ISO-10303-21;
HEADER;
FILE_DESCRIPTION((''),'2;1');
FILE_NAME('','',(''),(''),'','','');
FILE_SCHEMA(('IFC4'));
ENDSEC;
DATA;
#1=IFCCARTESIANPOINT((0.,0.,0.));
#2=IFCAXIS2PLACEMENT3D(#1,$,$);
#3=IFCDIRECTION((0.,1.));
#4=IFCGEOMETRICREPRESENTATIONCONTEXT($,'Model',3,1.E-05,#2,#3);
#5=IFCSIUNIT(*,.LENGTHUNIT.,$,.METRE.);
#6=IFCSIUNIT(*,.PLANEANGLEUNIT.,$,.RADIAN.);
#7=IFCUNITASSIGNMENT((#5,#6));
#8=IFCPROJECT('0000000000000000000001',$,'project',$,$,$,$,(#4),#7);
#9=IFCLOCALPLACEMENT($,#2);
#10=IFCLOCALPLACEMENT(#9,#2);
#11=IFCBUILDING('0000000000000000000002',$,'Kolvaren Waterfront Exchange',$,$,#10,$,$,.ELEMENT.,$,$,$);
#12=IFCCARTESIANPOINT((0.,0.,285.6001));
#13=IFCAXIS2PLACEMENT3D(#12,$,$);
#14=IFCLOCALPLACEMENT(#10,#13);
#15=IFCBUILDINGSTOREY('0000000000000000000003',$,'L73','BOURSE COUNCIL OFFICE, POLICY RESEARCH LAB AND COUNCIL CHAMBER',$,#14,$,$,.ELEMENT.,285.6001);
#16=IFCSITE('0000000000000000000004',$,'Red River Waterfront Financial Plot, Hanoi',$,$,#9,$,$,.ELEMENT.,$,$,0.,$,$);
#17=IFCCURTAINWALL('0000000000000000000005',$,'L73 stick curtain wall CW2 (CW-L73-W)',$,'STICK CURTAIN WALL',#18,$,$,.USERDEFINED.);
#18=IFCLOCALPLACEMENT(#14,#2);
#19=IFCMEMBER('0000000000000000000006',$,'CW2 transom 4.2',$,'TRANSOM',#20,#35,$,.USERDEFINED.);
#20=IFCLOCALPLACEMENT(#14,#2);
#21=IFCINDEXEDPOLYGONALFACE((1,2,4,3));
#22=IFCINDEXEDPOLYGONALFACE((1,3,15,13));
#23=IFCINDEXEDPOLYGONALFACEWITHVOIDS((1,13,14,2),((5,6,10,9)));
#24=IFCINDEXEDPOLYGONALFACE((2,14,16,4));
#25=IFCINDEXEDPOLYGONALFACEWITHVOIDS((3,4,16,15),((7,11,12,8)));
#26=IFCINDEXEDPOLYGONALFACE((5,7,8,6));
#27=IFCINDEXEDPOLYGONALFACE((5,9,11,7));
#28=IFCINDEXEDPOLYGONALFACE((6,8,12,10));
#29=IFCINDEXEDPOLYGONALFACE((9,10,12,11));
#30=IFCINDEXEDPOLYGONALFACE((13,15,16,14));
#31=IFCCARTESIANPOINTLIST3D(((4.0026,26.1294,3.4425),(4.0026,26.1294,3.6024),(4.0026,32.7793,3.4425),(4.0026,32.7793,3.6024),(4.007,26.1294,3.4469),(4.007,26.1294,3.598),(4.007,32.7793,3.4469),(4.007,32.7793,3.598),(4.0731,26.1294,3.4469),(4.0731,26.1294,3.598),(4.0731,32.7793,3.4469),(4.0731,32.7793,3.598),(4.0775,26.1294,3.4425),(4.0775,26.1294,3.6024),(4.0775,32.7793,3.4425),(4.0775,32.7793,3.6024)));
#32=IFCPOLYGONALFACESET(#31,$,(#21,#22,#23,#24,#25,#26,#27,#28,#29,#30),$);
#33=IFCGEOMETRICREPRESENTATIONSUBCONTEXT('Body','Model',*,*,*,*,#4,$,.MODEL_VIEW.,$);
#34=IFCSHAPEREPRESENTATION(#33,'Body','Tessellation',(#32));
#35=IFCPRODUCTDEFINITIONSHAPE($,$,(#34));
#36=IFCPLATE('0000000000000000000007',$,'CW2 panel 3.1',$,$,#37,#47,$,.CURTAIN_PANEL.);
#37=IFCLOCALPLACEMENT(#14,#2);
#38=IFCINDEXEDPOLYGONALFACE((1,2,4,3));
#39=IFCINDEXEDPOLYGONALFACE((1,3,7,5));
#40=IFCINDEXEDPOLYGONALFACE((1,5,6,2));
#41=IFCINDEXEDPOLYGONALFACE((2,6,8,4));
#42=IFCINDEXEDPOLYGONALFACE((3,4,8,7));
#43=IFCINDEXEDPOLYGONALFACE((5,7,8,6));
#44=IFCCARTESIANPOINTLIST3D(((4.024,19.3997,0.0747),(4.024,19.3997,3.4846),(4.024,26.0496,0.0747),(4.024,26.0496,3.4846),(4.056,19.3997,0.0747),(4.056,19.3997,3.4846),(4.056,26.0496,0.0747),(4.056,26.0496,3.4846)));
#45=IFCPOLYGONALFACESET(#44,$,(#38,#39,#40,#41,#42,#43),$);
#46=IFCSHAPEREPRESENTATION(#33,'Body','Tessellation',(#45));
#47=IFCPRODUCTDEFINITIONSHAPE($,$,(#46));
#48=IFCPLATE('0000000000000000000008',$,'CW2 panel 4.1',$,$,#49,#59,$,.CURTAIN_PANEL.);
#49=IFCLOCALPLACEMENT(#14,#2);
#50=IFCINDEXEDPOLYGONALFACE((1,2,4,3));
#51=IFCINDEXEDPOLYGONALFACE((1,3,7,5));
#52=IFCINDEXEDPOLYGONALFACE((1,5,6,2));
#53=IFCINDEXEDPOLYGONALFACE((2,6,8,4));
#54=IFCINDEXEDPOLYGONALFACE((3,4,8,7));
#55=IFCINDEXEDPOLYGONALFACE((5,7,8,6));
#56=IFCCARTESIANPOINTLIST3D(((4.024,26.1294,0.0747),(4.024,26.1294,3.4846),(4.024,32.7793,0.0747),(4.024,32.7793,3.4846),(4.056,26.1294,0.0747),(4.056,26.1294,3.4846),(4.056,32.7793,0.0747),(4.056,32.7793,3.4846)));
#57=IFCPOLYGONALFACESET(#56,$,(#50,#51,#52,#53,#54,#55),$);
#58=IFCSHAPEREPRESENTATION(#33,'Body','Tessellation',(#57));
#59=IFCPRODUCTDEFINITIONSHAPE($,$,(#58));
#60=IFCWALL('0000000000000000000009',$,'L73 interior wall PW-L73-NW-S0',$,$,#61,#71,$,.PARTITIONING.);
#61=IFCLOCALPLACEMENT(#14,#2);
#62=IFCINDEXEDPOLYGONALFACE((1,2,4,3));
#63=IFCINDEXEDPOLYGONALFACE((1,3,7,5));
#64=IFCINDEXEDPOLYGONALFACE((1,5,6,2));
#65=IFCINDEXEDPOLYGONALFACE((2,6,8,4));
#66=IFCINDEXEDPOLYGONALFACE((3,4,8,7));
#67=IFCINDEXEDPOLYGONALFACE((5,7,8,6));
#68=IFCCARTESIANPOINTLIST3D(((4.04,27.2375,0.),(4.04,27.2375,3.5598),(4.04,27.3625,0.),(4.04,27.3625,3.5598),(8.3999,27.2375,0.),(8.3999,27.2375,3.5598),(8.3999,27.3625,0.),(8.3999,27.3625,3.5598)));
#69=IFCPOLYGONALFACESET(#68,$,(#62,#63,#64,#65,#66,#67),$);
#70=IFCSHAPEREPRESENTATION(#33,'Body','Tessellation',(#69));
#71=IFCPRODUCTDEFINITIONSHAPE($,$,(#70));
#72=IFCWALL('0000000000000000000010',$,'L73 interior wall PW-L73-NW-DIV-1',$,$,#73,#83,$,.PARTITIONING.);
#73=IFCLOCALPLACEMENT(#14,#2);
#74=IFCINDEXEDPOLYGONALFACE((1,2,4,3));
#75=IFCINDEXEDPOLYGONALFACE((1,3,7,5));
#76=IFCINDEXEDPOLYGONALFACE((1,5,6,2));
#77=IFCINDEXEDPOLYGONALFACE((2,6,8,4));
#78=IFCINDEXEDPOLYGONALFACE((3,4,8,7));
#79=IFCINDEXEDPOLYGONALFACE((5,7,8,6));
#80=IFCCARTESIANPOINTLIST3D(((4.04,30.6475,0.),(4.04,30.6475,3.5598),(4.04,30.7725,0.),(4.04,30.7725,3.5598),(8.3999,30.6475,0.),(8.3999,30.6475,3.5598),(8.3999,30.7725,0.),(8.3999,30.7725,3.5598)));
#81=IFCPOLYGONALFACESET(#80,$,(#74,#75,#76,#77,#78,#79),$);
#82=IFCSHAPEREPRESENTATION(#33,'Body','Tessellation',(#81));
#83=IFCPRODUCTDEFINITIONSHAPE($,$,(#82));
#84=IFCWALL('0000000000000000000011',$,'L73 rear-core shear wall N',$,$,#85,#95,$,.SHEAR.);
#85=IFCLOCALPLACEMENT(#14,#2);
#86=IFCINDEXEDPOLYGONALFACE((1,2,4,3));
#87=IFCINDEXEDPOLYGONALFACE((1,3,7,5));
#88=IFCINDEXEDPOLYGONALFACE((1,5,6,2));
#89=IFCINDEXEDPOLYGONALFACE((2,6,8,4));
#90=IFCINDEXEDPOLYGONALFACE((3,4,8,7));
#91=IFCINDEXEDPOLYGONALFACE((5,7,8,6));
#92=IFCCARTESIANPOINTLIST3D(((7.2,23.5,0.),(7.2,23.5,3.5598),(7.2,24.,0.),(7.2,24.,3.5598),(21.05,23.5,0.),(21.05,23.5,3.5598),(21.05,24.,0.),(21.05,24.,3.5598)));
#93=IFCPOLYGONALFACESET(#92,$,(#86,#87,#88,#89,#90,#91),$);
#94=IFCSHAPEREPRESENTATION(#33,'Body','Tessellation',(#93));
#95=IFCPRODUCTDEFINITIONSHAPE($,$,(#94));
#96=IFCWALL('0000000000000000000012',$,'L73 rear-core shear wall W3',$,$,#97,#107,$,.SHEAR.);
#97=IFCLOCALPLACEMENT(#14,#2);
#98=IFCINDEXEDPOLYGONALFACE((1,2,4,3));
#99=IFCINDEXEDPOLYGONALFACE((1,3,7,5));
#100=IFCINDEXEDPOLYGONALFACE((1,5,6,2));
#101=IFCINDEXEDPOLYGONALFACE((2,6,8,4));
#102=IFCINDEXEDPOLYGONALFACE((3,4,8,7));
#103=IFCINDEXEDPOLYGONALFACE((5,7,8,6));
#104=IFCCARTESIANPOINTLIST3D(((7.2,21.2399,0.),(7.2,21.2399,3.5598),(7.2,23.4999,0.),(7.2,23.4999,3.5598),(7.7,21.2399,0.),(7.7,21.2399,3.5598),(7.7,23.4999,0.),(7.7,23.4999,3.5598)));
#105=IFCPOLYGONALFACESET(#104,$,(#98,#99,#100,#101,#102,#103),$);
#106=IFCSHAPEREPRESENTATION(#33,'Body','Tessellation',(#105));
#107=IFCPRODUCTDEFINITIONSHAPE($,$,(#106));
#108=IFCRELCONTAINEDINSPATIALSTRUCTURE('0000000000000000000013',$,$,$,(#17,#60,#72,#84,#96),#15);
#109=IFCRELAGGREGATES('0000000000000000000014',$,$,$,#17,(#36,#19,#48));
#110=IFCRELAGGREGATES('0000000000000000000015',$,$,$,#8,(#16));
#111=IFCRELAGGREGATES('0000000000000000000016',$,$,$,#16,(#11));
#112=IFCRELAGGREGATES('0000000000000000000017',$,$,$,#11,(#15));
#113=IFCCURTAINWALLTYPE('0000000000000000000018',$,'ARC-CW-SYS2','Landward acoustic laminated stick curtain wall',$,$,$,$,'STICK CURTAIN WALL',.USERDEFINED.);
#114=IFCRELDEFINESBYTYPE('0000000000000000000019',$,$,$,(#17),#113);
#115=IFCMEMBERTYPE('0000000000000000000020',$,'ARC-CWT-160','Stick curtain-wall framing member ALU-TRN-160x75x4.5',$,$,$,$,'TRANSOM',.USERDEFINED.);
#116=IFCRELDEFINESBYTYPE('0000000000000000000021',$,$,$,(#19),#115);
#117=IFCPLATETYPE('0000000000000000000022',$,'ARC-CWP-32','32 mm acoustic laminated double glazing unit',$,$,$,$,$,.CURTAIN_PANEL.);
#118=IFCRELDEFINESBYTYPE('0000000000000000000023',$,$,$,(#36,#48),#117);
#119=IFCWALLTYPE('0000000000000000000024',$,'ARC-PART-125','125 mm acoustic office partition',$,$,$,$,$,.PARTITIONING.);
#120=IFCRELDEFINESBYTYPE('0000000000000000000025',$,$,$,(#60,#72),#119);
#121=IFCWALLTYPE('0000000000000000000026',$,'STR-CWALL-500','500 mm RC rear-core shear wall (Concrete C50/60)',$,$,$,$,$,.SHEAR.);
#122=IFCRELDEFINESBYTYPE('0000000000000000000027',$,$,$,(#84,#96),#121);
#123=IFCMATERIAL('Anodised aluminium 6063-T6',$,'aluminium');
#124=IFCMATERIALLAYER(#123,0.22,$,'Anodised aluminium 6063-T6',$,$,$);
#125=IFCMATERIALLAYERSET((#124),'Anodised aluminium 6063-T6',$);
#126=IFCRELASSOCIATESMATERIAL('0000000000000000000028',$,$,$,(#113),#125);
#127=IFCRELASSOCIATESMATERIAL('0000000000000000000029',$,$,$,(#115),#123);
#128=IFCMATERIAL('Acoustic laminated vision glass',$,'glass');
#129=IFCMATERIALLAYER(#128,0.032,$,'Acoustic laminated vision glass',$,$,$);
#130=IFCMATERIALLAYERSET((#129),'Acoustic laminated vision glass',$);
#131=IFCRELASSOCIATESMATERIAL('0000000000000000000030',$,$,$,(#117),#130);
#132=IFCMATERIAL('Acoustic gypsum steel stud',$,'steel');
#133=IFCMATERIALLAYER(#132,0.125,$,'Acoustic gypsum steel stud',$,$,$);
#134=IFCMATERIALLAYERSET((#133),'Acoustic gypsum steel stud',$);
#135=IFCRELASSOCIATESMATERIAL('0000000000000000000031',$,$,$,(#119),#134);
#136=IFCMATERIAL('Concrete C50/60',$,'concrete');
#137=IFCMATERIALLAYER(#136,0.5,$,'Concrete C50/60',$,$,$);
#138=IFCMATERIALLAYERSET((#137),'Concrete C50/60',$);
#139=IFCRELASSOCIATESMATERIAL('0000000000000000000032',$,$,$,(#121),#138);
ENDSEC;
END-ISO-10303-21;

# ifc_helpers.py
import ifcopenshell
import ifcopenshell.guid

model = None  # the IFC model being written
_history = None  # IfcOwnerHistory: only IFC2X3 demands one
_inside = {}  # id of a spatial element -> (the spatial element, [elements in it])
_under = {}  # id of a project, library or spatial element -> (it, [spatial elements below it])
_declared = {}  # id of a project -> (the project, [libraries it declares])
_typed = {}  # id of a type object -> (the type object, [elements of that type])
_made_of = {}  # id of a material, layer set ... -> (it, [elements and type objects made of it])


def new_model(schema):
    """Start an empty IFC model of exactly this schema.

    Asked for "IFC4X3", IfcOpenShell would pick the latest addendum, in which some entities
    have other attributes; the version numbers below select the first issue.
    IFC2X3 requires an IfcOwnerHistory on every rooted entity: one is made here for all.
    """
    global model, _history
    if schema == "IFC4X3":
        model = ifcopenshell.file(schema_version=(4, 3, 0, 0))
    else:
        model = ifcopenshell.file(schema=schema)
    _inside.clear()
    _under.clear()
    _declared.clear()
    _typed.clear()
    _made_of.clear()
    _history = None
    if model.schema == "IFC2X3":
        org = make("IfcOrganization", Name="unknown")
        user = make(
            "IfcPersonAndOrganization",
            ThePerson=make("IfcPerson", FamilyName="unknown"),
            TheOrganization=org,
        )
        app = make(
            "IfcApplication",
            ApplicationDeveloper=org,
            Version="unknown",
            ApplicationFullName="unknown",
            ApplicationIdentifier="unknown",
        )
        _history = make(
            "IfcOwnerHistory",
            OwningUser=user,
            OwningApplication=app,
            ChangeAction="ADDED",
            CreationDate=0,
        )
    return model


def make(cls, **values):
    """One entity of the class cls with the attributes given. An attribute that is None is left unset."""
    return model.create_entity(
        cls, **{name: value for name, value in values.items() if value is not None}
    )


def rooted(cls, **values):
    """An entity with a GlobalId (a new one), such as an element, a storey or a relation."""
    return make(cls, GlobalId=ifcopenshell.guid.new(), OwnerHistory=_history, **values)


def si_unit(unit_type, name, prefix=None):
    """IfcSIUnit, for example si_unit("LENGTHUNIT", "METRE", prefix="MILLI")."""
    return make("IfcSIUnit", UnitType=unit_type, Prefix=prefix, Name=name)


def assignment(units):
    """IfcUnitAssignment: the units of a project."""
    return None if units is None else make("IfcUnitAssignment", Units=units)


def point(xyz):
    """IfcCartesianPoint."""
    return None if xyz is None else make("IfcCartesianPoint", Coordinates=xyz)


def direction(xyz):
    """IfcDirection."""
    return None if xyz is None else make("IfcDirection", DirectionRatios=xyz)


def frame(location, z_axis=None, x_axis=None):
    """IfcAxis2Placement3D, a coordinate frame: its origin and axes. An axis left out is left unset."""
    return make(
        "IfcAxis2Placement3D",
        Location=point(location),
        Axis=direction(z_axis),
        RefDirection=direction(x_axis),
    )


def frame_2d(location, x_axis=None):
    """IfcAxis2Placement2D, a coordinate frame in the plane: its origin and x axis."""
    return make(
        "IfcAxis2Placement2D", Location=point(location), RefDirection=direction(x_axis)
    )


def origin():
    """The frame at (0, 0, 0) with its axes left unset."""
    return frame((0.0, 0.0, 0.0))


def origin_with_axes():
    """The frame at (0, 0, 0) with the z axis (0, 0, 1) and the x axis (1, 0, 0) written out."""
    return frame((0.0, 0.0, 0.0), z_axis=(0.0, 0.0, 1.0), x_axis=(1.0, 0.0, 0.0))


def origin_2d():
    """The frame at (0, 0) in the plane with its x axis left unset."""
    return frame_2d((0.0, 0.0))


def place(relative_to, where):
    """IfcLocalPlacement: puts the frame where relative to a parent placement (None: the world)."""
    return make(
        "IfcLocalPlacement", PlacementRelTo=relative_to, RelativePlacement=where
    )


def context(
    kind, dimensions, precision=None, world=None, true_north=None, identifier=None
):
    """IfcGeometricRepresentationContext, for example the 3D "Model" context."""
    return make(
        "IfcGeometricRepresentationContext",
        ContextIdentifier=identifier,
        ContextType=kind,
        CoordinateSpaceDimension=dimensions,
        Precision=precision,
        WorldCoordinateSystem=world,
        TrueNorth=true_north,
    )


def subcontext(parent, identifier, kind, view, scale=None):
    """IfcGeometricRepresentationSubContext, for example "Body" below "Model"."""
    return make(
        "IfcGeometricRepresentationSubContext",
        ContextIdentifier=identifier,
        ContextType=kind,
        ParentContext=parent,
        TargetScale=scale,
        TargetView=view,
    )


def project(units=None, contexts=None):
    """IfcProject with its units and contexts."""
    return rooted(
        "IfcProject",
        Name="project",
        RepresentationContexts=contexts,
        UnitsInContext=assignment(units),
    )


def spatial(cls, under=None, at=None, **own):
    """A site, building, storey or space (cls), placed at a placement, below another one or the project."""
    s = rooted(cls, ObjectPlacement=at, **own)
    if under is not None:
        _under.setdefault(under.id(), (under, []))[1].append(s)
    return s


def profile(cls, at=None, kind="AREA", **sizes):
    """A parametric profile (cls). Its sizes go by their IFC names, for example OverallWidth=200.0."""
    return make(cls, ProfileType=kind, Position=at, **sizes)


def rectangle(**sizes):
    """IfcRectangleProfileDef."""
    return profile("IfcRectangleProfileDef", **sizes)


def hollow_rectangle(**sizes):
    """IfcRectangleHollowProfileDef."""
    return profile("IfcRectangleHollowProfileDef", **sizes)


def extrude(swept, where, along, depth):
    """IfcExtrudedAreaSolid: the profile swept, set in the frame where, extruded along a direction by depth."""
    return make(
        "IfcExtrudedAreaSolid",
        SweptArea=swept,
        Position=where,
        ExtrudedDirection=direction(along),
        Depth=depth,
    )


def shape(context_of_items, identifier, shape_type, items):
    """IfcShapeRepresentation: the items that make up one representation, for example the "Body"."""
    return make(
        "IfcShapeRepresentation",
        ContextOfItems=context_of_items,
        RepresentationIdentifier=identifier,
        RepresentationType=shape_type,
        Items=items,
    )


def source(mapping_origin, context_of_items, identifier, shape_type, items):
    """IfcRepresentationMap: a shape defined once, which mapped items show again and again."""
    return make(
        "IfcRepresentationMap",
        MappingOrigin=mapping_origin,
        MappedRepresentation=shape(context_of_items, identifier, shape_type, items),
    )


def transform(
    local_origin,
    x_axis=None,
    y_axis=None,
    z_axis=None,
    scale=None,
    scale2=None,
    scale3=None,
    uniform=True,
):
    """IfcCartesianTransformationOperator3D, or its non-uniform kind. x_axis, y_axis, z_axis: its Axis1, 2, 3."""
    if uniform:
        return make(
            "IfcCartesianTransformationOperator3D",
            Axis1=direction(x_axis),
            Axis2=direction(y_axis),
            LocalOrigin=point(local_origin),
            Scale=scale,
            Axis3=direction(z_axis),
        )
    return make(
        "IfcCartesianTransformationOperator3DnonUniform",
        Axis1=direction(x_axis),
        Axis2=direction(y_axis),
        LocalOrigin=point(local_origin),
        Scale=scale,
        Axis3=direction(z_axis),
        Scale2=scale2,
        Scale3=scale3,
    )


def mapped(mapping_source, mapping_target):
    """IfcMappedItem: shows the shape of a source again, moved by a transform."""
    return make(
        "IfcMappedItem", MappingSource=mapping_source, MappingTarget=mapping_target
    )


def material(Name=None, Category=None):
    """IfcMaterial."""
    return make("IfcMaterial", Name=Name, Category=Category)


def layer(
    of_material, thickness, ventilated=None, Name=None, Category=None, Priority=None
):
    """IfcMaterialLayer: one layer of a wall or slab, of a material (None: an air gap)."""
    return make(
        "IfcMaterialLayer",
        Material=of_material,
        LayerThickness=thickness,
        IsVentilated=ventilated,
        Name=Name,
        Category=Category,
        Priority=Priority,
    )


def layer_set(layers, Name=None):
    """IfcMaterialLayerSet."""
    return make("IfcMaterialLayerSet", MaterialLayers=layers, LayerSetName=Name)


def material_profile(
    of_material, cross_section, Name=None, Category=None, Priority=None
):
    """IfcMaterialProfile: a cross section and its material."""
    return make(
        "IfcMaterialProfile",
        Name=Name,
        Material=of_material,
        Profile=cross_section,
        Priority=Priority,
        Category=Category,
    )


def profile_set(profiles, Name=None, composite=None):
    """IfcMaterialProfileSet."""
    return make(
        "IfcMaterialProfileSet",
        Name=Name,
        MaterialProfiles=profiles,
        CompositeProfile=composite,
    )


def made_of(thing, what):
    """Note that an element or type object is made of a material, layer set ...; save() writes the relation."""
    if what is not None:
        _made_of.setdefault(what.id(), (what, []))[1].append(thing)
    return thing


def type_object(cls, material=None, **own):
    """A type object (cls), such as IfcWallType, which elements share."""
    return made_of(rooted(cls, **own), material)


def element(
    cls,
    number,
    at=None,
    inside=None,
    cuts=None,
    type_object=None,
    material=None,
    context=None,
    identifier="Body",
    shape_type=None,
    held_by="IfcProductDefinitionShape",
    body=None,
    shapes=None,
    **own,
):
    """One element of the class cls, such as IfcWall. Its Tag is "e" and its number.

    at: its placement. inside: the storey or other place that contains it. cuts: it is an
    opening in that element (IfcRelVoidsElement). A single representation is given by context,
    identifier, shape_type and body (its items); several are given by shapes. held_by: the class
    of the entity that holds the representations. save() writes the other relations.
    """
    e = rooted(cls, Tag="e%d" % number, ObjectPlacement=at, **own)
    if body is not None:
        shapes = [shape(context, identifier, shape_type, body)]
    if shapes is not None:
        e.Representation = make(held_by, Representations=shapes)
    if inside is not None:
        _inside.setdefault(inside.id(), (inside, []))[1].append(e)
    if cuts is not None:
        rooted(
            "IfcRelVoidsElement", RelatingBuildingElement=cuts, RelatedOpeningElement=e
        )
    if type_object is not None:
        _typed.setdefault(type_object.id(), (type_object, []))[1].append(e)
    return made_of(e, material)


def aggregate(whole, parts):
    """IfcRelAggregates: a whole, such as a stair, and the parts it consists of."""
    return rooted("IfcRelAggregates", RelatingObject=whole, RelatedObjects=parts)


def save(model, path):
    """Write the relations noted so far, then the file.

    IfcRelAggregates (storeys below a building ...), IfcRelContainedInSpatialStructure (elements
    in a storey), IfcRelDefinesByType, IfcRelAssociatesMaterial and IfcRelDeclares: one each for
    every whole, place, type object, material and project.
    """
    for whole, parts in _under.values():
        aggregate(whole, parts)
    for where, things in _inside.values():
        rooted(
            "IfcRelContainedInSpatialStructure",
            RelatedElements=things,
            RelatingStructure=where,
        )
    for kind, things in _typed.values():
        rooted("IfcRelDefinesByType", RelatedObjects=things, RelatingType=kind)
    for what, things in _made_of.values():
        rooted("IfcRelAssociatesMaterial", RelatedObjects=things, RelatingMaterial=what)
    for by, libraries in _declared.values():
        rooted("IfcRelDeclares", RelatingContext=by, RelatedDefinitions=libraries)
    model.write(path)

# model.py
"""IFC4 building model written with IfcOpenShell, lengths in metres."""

from ifc_helpers import new_model, si_unit, direction, frame, frame_2d, origin, origin_with_axes, origin_2d, place, context, subcontext, project, spatial, rectangle, hollow_rectangle, extrude, source, transform, mapped, material, layer, layer_set, material_profile, profile_set, type_object, element, aggregate, save


model = new_model("IFC4")

# Units and contexts
model_context = context("Model", 3, precision=1e-05, world=origin(), true_north=direction((0.0, 1.0)))
body_context = subcontext(model_context, "Body", "Model", "MODEL_VIEW")
ifc_project = project(units=[si_unit("LENGTHUNIT", "METRE"), si_unit("PLANEANGLEUNIT", "RADIAN")], contexts=[model_context])

# Site, building, storey
site_placement = place(None, origin())
site = spatial("IfcSite", under=ifc_project, at=site_placement, Name="Red River Waterfront Financial Plot, Hanoi", CompositionType="ELEMENT", RefElevation=0.0)
building_placement = place(site_placement, origin())
building = spatial("IfcBuilding", under=site, at=building_placement, Name="Kolvaren Waterfront Exchange", CompositionType="ELEMENT")
storey_placement = place(building_placement, frame((0.0, 0.0, 285.6001)))
storey = spatial("IfcBuildingStorey", under=building, at=storey_placement, Name="L73", Description="BOURSE COUNCIL OFFICE, POLICY RESEARCH LAB AND COUNCIL CHAMBER", CompositionType="ELEMENT", Elevation=285.6001)

# Shared definitions
ifc_material_1 = material(Name="Concrete C50/60", Category="concrete")

# Curtain wall, member, plates
ifc_material_2 = material(Name="Anodised aluminium 6063-T6", Category="aluminium")
ifc_layer_1 = layer(ifc_material_2, 0.22, Name="Anodised aluminium 6063-T6")
ifc_layer_set_1 = layer_set([ifc_layer_1], Name="Anodised aluminium 6063-T6")
curtain_wall_type = type_object("IfcCurtainWallType", Name="ARC-CW-SYS2", Description="Landward acoustic laminated stick curtain wall", ElementType="STICK CURTAIN WALL", PredefinedType="USERDEFINED", material=ifc_layer_set_1)
curtain_wall_placement = place(storey_placement, origin())
curtain_wall = element("IfcCurtainWall", 1, at=curtain_wall_placement, inside=storey, type_object=curtain_wall_type, Name="L73 stick curtain wall CW2 (CW-L73-W)", ObjectType="STICK CURTAIN WALL", PredefinedType="USERDEFINED")
ifc_material_profile_1 = material_profile(ifc_material_2, hollow_rectangle(XDim=0.075, YDim=0.1599, WallThickness=0.0044, at=origin_2d()), Name="ALU-TRN-160x75x4.5")
ifc_profile_set_1 = profile_set([ifc_material_profile_1], Name="Anodised aluminium 6063-T6")
member_type_1 = type_object("IfcMemberType", Name="ARC-CWT-160", Description="Stick curtain-wall framing member ALU-TRN-160x75x4.5", ElementType="TRANSOM", PredefinedType="USERDEFINED", material=ifc_profile_set_1)
shared_shape_1 = source(origin_with_axes(), body_context, "Body", "SweptSolid", [
    extrude(hollow_rectangle(XDim=0.075, YDim=0.1599, WallThickness=0.0044, at=origin_2d()), origin(), (0.0, 0.0, 1.0), 6.6499),
])
member_1_placement = place(storey_placement, frame((4.04, 26.1294, 3.5225), z_axis=(0.0, 1.0, 0.0), x_axis=(-1.0, 0.0, 0.0)))
member_1 = element("IfcMember", 2, at=member_1_placement, type_object=member_type_1, Name="CW2 transom 4.2", ObjectType="TRANSOM", PredefinedType="USERDEFINED", context=body_context, shape_type="MappedRepresentation", body=[
    mapped(shared_shape_1, transform((0.0, 0.0, 0.0), x_axis=(1.0, 0.0, 0.0), y_axis=(0.0, 1.0, 0.0), z_axis=(0.0, 0.0, 1.0), scale=1.0)),
])
ifc_material_3 = material(Name="Acoustic laminated vision glass", Category="glass")
ifc_layer_2 = layer(ifc_material_3, 0.032, Name="Acoustic laminated vision glass")
ifc_layer_set_2 = layer_set([ifc_layer_2], Name="Acoustic laminated vision glass")
plate_type = type_object("IfcPlateType", Name="ARC-CWP-32", Description="32 mm acoustic laminated double glazing unit", PredefinedType="CURTAIN_PANEL", material=ifc_layer_set_2)
shared_shape_2 = source(origin_with_axes(), body_context, "Body", "SweptSolid", [
    extrude(rectangle(XDim=6.6499, YDim=0.032, at=origin_2d()), origin(), (0.0, 0.0, 1.0), 3.4099),
])
plate_1_placement = place(storey_placement, frame((4.04, 22.7246, 0.0747), z_axis=(0.0, 0.0, 1.0), x_axis=(0.0, 1.0, 0.0)))
plate_1 = element("IfcPlate", 3, at=plate_1_placement, type_object=plate_type, Name="CW2 panel 3.1", PredefinedType="CURTAIN_PANEL", context=body_context, shape_type="MappedRepresentation", body=[
    mapped(shared_shape_2, transform((0.0, 0.0, 0.0), x_axis=(1.0, 0.0, 0.0), y_axis=(0.0, 1.0, 0.0), z_axis=(0.0, 0.0, 1.0), scale=1.0)),
])
plate_2_placement = place(storey_placement, frame((4.04, 29.4543, 0.0747), z_axis=(0.0, 0.0, 1.0), x_axis=(0.0, 1.0, 0.0)))
plate_2 = element("IfcPlate", 4, at=plate_2_placement, type_object=plate_type, Name="CW2 panel 4.1", PredefinedType="CURTAIN_PANEL", context=body_context, shape_type="MappedRepresentation", body=[
    mapped(shared_shape_2, transform((0.0, 0.0, 0.0), x_axis=(1.0, 0.0, 0.0), y_axis=(0.0, 1.0, 0.0), z_axis=(0.0, 0.0, 1.0), scale=1.0)),
])
aggregate(curtain_wall, [plate_1, member_1, plate_2])

# Walls
ifc_material_4 = material(Name="Acoustic gypsum steel stud", Category="steel")
ifc_layer_3 = layer(ifc_material_4, 0.125, Name="Acoustic gypsum steel stud")
ifc_layer_set_3 = layer_set([ifc_layer_3], Name="Acoustic gypsum steel stud")
wall_type_1 = type_object("IfcWallType", Name="ARC-PART-125", Description="125 mm acoustic office partition", PredefinedType="PARTITIONING", material=ifc_layer_set_3)
for number, where, z_axis, x_axis, name in (
    (5, (4.04, 27.3, 0.0), (0.0, 0.0, 1.0), (1.0, 0.0, 0.0), "L73 interior wall PW-L73-NW-S0"),
    (6, (4.04, 30.71, 0.0), (0.0, 0.0, 1.0), (1.0, 0.0, 0.0), "L73 interior wall PW-L73-NW-DIV-1"),
):
    element("IfcWall", number, at=place(storey_placement, frame(where, z_axis=z_axis, x_axis=x_axis)), inside=storey, type_object=wall_type_1, Name=name, PredefinedType="PARTITIONING", context=body_context, shape_type="SweptSolid", body=[
        extrude(rectangle(XDim=4.3599, YDim=0.125, at=frame_2d((2.1799, 0.0))), origin(), (0.0, 0.0, 1.0), 3.5598),
    ])

# Walls
ifc_layer_4 = layer(ifc_material_1, 0.5, Name="Concrete C50/60")
ifc_layer_set_4 = layer_set([ifc_layer_4], Name="Concrete C50/60")
wall_type_2 = type_object("IfcWallType", Name="STR-CWALL-500", Description="500 mm RC rear-core shear wall (Concrete C50/60)", PredefinedType="SHEAR", material=ifc_layer_set_4)
wall_1_placement = place(storey_placement, frame((7.2, 23.75, 0.0), z_axis=(0.0, 0.0, 1.0), x_axis=(1.0, 0.0, 0.0)))
element("IfcWall", 7, at=wall_1_placement, inside=storey, type_object=wall_type_2, Name="L73 rear-core shear wall N", PredefinedType="SHEAR", context=body_context, shape_type="SweptSolid", body=[
    extrude(rectangle(XDim=13.8501, YDim=0.5, at=frame_2d((6.925, 0.0))), origin(), (0.0, 0.0, 1.0), 3.5598),
])
wall_2_placement = place(storey_placement, frame((7.45, 21.24, 0.0), z_axis=(0.0, 0.0, 1.0), x_axis=(0.0, 1.0, 0.0)))
element("IfcWall", 8, at=wall_2_placement, inside=storey, type_object=wall_type_2, Name="L73 rear-core shear wall W3", PredefinedType="SHEAR", context=body_context, shape_type="SweptSolid", body=[
    extrude(rectangle(XDim=2.26, YDim=0.5, at=frame_2d((1.1299, 0.0))), origin(), (0.0, 0.0, 1.0), 3.5598),
])

save(model, "model.ifc")
